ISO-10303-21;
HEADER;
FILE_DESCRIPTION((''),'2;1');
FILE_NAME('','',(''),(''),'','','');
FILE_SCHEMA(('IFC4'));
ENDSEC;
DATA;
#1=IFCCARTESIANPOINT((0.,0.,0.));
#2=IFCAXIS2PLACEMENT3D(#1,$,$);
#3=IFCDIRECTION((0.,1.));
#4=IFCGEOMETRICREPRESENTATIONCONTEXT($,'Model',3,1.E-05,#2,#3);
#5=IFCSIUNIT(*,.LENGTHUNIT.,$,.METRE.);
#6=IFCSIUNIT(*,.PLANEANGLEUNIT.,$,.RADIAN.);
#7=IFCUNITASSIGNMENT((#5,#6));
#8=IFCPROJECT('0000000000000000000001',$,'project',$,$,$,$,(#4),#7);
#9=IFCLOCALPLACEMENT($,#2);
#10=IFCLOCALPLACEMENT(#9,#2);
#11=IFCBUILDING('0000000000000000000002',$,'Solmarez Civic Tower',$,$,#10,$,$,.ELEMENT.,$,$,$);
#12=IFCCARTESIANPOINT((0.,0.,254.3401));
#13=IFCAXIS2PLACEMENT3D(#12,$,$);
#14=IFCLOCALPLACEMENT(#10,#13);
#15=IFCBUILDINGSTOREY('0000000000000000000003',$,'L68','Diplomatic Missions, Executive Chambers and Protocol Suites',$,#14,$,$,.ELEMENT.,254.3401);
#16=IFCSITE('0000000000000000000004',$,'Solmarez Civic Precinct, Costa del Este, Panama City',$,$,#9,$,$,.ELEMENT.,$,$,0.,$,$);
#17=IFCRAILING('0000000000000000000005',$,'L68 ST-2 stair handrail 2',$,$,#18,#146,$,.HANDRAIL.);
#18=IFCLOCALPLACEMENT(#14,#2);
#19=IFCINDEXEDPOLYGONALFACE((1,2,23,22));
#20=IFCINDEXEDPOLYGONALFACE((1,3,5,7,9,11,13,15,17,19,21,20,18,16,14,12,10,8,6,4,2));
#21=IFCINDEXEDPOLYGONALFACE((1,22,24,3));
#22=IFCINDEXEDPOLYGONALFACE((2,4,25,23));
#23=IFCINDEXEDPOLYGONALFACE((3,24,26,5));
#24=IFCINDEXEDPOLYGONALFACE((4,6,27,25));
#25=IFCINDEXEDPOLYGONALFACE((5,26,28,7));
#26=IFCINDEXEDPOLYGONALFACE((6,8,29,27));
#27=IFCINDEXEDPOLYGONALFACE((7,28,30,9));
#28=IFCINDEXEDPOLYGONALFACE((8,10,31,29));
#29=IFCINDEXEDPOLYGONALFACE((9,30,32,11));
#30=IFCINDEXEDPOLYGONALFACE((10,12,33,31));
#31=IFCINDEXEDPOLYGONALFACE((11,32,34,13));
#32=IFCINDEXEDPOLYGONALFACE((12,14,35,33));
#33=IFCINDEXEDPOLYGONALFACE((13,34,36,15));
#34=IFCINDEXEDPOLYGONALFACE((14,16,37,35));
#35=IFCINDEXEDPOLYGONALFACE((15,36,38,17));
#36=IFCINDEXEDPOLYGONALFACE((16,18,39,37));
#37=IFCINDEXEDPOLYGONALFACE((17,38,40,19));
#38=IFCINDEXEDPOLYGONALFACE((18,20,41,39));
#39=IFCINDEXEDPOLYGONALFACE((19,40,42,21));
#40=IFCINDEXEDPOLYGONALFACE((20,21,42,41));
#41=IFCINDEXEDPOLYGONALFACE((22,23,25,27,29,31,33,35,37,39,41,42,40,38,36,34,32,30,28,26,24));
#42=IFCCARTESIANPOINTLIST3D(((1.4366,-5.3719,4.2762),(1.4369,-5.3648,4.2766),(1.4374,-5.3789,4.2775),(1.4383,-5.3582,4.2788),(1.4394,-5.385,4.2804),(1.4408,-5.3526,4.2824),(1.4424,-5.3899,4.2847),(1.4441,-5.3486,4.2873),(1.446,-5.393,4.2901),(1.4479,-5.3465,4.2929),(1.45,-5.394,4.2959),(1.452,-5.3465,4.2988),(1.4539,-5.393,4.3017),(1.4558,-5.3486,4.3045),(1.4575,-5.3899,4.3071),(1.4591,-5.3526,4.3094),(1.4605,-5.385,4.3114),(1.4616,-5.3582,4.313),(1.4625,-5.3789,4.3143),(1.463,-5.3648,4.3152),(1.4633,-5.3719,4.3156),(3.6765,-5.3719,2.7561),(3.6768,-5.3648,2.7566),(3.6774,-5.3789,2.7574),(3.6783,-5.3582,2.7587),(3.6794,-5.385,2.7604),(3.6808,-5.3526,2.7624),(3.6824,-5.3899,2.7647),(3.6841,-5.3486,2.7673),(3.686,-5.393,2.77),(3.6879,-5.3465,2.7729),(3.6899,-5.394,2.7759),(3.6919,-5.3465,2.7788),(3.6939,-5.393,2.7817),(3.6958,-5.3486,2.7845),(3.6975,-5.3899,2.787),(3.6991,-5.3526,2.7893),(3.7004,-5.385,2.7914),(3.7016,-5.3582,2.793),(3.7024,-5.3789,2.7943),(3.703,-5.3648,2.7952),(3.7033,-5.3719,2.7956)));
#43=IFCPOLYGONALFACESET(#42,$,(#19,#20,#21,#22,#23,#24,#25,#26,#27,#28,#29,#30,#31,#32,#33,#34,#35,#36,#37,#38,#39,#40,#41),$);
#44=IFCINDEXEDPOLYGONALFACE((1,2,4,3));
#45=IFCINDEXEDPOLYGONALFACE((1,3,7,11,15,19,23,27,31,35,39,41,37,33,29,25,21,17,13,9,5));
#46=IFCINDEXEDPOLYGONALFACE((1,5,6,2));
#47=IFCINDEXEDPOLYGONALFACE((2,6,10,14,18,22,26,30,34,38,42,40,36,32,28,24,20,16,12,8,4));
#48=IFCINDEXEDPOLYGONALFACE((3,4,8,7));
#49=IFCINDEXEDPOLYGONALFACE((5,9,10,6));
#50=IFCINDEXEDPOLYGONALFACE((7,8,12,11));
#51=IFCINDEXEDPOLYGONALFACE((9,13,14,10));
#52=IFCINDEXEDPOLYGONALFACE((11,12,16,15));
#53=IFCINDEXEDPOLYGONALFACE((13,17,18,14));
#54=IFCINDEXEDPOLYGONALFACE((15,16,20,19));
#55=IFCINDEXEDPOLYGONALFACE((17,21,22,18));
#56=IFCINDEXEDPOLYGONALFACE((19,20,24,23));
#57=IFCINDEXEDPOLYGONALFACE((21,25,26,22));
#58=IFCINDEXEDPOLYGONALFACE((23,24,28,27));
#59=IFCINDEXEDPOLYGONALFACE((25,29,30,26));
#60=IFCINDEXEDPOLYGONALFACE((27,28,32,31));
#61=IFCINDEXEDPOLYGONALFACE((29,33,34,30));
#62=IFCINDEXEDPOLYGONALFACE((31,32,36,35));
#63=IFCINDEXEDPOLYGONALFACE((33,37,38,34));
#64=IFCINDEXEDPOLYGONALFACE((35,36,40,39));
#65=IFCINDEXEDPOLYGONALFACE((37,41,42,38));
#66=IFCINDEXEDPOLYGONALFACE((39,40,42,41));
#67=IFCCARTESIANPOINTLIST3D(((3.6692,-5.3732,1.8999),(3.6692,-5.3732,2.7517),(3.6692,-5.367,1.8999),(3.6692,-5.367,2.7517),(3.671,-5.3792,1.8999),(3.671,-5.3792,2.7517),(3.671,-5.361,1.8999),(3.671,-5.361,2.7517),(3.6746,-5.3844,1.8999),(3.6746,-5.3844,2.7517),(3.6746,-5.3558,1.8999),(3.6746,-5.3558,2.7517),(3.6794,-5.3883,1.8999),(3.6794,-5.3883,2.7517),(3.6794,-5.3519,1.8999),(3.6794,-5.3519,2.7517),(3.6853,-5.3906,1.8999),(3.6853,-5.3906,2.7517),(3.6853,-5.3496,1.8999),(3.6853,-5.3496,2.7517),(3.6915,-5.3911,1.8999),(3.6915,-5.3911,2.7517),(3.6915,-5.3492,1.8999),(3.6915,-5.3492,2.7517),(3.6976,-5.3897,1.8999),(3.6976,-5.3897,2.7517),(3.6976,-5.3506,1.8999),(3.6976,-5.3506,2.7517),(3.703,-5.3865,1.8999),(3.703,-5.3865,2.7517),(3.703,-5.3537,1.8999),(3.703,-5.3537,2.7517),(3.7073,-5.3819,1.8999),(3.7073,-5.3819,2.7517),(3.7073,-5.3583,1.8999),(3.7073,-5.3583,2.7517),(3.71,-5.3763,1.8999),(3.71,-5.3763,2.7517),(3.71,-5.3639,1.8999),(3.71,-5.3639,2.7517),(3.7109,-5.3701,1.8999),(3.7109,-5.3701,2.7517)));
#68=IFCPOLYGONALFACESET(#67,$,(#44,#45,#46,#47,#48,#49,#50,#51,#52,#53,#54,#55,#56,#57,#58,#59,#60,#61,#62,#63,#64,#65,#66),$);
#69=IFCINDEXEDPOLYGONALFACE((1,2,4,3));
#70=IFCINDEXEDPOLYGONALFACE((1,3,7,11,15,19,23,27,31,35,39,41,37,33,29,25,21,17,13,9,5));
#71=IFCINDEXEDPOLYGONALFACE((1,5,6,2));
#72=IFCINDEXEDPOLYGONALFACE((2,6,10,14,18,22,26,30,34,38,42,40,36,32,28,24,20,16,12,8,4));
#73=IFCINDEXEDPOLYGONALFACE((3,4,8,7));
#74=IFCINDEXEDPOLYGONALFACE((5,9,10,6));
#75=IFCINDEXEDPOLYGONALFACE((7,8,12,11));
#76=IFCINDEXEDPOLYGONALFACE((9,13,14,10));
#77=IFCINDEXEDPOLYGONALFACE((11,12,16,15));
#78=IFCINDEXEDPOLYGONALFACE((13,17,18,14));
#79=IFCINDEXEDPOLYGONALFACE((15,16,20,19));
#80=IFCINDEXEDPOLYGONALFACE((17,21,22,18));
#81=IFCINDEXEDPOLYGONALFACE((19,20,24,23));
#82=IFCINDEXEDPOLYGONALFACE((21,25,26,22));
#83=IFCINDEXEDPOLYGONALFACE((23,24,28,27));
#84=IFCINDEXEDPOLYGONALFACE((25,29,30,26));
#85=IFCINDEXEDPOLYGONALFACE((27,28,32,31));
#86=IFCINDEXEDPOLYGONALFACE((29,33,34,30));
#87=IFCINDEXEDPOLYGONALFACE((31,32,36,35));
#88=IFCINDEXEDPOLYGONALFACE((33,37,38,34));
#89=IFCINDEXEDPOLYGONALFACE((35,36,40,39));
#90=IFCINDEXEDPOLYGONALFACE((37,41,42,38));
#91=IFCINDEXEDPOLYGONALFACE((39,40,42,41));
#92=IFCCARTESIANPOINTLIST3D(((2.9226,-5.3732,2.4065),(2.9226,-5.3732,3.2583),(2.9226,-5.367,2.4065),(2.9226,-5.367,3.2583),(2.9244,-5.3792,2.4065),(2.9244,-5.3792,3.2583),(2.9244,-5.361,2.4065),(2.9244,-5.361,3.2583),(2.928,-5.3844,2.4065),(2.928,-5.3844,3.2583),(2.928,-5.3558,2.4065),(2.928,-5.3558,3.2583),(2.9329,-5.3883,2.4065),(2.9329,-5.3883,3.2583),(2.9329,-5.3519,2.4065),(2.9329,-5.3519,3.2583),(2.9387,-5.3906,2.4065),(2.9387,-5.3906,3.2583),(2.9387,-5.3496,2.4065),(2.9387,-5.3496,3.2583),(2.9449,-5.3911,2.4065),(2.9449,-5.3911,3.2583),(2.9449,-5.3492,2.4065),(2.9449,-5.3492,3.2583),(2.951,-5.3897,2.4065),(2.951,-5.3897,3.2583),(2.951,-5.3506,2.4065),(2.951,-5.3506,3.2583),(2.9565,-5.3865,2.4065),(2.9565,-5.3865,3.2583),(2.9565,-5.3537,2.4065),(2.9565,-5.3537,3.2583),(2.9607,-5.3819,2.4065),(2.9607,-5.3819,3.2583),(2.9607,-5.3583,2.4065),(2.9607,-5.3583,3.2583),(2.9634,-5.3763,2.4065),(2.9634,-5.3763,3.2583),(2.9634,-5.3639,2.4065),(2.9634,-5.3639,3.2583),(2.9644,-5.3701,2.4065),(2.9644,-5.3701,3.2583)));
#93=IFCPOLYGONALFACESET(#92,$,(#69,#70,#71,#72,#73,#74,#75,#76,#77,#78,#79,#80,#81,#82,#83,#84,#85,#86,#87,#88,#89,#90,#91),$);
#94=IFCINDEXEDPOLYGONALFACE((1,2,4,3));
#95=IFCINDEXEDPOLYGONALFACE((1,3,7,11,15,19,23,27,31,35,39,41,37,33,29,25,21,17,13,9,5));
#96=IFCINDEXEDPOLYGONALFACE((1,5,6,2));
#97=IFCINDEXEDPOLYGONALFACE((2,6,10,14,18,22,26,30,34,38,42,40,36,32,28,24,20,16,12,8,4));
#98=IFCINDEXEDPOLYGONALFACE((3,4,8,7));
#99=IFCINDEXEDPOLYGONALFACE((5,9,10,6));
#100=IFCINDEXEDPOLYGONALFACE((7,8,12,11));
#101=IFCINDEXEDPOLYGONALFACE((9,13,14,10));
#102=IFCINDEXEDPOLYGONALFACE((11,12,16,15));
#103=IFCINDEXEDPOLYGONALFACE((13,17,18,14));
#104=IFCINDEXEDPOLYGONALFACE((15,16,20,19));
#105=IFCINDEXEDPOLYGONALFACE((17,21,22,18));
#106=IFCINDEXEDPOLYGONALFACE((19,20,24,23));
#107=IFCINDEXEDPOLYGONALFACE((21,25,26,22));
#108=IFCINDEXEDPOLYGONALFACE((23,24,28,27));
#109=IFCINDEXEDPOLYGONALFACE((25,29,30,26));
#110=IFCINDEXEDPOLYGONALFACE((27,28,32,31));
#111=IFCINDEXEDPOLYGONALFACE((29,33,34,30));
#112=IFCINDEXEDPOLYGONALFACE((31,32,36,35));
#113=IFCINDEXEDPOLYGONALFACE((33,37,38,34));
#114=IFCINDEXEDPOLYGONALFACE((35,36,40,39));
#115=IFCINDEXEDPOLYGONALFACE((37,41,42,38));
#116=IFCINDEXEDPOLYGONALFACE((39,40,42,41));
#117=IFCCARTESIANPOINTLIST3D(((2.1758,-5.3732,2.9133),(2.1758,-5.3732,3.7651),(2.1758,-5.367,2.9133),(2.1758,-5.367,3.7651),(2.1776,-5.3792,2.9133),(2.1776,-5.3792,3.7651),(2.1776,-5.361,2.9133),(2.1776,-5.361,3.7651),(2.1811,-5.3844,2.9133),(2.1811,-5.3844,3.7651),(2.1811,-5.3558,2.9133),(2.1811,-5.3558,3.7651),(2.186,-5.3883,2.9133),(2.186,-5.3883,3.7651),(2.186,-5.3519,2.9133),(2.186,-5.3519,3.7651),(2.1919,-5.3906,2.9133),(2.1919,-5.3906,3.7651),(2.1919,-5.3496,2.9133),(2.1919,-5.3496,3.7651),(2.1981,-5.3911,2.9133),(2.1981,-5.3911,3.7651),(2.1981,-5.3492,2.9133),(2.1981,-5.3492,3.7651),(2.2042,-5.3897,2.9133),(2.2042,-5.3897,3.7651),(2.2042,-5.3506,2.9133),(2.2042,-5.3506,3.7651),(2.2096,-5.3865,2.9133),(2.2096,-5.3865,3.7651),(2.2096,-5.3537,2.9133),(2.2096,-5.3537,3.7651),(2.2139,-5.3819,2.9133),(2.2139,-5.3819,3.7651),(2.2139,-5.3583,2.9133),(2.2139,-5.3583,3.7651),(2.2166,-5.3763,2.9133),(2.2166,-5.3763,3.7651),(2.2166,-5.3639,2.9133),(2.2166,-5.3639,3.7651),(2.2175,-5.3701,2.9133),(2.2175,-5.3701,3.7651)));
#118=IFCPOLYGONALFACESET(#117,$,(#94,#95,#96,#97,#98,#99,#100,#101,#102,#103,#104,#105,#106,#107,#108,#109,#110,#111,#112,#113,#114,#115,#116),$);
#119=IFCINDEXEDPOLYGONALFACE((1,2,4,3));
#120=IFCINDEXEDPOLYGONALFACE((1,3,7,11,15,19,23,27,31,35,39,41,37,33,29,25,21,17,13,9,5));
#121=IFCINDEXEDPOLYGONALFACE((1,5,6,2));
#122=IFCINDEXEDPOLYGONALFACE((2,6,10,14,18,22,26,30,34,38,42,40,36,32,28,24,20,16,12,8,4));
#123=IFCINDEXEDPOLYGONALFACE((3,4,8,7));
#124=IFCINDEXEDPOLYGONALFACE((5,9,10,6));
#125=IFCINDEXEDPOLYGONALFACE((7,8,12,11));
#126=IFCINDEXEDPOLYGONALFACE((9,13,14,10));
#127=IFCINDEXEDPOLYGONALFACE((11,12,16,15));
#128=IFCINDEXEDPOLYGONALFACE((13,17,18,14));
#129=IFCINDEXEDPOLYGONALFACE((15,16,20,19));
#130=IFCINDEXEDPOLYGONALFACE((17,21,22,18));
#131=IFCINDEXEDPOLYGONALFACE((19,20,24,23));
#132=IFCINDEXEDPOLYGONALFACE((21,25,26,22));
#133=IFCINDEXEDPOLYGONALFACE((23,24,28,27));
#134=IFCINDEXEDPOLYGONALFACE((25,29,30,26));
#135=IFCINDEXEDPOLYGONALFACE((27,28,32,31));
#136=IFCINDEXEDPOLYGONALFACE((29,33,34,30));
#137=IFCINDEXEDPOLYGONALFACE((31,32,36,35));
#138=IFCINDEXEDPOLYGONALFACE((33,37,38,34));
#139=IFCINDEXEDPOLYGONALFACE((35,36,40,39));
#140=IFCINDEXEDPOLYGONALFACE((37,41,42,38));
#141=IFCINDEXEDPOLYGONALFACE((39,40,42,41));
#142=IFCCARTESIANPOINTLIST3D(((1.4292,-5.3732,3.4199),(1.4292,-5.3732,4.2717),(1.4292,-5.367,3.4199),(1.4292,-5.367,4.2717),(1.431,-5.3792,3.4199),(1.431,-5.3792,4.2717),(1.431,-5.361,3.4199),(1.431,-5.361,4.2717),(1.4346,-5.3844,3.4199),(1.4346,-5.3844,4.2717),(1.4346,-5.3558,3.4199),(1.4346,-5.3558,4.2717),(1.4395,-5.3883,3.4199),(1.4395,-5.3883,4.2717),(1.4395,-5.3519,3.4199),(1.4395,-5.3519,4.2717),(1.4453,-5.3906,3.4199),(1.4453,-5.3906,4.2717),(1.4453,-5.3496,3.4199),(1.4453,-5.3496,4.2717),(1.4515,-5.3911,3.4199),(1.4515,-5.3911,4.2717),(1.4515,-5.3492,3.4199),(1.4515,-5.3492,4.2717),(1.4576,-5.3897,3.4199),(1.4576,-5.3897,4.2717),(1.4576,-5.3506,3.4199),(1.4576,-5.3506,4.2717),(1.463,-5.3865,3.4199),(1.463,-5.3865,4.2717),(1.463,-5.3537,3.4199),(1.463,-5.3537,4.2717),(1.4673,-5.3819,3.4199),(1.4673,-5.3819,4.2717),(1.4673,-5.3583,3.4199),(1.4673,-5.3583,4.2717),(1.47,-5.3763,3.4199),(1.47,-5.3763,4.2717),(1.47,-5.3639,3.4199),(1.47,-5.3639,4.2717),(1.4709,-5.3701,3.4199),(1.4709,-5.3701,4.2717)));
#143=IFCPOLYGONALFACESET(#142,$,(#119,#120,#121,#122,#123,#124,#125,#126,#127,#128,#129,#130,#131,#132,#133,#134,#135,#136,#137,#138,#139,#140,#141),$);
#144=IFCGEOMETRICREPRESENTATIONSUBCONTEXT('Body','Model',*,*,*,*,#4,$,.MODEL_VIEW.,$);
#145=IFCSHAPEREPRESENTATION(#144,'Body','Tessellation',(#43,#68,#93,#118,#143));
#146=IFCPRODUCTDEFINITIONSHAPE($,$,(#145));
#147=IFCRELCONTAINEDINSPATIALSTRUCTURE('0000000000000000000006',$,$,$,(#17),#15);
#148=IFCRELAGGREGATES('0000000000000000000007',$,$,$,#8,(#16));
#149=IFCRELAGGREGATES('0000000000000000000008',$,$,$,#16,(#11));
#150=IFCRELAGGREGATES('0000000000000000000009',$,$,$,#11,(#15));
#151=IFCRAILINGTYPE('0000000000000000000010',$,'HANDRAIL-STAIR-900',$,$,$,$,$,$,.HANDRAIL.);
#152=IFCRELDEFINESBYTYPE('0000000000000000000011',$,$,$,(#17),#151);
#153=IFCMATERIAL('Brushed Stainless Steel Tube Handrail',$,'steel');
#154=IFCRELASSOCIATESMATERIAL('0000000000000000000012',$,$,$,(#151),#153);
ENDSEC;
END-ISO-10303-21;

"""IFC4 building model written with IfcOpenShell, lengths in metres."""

from ifc_helpers import new_model, si_unit, direction, frame, origin, origin_2d, place, context, subcontext, project, spatial, circle, extrude, material, type_object, element, save


model = new_model("IFC4")

# Units and contexts
model_context = context("Model", 3, precision=1e-05, world=origin(), true_north=direction((0.0, 1.0)))
body_context = subcontext(model_context, "Body", "Model", "MODEL_VIEW")
ifc_project = project(units=[si_unit("LENGTHUNIT", "METRE"), si_unit("PLANEANGLEUNIT", "RADIAN")], contexts=[model_context])

# Site, building, storey
site_placement = place(None, origin())
site = spatial("IfcSite", under=ifc_project, at=site_placement, Name="Solmarez Civic Precinct, Costa del Este, Panama City", CompositionType="ELEMENT", RefElevation=0.0)
building_placement = place(site_placement, origin())
building = spatial("IfcBuilding", under=site, at=building_placement, Name="Solmarez Civic Tower", CompositionType="ELEMENT")
storey_placement = place(building_placement, frame((0.0, 0.0, 254.3401)))
storey = spatial("IfcBuildingStorey", under=building, at=storey_placement, Name="L68", Description="Diplomatic Missions, Executive Chambers and Protocol Suites", CompositionType="ELEMENT", Elevation=254.3401)

# Railing
ifc_material_1 = material(Name="Brushed Stainless Steel Tube Handrail", Category="steel")
railing_type_1 = type_object("IfcRailingType", Name="HANDRAIL-STAIR-900", PredefinedType="HANDRAIL", material=ifc_material_1)
railing_1_placement = place(storey_placement, frame((3.6899, -5.3701, 1.8999)))
element("IfcRailing", 1, at=railing_1_placement, inside=storey, type_object=railing_type_1, Name="L68 ST-2 stair handrail 2", PredefinedType="HANDRAIL", context=body_context, shape_type="SweptSolid", body=[
    extrude(circle(Radius=0.0239, at=origin_2d()), frame((0.0, 0.0, 0.876), z_axis=(-0.827471, 0.0, 0.561508), x_axis=(0.0, -1.0, 0.0)), (0.0, 0.0, 1.0), 2.707),
    extrude(circle(Radius=0.021, at=origin_2d()), origin(), (0.0, 0.0, 1.0), 0.8518),
    extrude(circle(Radius=0.021, at=origin_2d()), frame((-0.7466, 0.0, 0.5066)), (0.0, 0.0, 1.0), 0.8518),
    extrude(circle(Radius=0.021, at=origin_2d()), frame((-1.4934, 0.0, 1.0134)), (0.0, 0.0, 1.0), 0.8518),
    extrude(circle(Radius=0.021, at=origin_2d()), frame((-2.24, 0.0, 1.52)), (0.0, 0.0, 1.0), 0.8518),
])

save(model, "model.ifc")
